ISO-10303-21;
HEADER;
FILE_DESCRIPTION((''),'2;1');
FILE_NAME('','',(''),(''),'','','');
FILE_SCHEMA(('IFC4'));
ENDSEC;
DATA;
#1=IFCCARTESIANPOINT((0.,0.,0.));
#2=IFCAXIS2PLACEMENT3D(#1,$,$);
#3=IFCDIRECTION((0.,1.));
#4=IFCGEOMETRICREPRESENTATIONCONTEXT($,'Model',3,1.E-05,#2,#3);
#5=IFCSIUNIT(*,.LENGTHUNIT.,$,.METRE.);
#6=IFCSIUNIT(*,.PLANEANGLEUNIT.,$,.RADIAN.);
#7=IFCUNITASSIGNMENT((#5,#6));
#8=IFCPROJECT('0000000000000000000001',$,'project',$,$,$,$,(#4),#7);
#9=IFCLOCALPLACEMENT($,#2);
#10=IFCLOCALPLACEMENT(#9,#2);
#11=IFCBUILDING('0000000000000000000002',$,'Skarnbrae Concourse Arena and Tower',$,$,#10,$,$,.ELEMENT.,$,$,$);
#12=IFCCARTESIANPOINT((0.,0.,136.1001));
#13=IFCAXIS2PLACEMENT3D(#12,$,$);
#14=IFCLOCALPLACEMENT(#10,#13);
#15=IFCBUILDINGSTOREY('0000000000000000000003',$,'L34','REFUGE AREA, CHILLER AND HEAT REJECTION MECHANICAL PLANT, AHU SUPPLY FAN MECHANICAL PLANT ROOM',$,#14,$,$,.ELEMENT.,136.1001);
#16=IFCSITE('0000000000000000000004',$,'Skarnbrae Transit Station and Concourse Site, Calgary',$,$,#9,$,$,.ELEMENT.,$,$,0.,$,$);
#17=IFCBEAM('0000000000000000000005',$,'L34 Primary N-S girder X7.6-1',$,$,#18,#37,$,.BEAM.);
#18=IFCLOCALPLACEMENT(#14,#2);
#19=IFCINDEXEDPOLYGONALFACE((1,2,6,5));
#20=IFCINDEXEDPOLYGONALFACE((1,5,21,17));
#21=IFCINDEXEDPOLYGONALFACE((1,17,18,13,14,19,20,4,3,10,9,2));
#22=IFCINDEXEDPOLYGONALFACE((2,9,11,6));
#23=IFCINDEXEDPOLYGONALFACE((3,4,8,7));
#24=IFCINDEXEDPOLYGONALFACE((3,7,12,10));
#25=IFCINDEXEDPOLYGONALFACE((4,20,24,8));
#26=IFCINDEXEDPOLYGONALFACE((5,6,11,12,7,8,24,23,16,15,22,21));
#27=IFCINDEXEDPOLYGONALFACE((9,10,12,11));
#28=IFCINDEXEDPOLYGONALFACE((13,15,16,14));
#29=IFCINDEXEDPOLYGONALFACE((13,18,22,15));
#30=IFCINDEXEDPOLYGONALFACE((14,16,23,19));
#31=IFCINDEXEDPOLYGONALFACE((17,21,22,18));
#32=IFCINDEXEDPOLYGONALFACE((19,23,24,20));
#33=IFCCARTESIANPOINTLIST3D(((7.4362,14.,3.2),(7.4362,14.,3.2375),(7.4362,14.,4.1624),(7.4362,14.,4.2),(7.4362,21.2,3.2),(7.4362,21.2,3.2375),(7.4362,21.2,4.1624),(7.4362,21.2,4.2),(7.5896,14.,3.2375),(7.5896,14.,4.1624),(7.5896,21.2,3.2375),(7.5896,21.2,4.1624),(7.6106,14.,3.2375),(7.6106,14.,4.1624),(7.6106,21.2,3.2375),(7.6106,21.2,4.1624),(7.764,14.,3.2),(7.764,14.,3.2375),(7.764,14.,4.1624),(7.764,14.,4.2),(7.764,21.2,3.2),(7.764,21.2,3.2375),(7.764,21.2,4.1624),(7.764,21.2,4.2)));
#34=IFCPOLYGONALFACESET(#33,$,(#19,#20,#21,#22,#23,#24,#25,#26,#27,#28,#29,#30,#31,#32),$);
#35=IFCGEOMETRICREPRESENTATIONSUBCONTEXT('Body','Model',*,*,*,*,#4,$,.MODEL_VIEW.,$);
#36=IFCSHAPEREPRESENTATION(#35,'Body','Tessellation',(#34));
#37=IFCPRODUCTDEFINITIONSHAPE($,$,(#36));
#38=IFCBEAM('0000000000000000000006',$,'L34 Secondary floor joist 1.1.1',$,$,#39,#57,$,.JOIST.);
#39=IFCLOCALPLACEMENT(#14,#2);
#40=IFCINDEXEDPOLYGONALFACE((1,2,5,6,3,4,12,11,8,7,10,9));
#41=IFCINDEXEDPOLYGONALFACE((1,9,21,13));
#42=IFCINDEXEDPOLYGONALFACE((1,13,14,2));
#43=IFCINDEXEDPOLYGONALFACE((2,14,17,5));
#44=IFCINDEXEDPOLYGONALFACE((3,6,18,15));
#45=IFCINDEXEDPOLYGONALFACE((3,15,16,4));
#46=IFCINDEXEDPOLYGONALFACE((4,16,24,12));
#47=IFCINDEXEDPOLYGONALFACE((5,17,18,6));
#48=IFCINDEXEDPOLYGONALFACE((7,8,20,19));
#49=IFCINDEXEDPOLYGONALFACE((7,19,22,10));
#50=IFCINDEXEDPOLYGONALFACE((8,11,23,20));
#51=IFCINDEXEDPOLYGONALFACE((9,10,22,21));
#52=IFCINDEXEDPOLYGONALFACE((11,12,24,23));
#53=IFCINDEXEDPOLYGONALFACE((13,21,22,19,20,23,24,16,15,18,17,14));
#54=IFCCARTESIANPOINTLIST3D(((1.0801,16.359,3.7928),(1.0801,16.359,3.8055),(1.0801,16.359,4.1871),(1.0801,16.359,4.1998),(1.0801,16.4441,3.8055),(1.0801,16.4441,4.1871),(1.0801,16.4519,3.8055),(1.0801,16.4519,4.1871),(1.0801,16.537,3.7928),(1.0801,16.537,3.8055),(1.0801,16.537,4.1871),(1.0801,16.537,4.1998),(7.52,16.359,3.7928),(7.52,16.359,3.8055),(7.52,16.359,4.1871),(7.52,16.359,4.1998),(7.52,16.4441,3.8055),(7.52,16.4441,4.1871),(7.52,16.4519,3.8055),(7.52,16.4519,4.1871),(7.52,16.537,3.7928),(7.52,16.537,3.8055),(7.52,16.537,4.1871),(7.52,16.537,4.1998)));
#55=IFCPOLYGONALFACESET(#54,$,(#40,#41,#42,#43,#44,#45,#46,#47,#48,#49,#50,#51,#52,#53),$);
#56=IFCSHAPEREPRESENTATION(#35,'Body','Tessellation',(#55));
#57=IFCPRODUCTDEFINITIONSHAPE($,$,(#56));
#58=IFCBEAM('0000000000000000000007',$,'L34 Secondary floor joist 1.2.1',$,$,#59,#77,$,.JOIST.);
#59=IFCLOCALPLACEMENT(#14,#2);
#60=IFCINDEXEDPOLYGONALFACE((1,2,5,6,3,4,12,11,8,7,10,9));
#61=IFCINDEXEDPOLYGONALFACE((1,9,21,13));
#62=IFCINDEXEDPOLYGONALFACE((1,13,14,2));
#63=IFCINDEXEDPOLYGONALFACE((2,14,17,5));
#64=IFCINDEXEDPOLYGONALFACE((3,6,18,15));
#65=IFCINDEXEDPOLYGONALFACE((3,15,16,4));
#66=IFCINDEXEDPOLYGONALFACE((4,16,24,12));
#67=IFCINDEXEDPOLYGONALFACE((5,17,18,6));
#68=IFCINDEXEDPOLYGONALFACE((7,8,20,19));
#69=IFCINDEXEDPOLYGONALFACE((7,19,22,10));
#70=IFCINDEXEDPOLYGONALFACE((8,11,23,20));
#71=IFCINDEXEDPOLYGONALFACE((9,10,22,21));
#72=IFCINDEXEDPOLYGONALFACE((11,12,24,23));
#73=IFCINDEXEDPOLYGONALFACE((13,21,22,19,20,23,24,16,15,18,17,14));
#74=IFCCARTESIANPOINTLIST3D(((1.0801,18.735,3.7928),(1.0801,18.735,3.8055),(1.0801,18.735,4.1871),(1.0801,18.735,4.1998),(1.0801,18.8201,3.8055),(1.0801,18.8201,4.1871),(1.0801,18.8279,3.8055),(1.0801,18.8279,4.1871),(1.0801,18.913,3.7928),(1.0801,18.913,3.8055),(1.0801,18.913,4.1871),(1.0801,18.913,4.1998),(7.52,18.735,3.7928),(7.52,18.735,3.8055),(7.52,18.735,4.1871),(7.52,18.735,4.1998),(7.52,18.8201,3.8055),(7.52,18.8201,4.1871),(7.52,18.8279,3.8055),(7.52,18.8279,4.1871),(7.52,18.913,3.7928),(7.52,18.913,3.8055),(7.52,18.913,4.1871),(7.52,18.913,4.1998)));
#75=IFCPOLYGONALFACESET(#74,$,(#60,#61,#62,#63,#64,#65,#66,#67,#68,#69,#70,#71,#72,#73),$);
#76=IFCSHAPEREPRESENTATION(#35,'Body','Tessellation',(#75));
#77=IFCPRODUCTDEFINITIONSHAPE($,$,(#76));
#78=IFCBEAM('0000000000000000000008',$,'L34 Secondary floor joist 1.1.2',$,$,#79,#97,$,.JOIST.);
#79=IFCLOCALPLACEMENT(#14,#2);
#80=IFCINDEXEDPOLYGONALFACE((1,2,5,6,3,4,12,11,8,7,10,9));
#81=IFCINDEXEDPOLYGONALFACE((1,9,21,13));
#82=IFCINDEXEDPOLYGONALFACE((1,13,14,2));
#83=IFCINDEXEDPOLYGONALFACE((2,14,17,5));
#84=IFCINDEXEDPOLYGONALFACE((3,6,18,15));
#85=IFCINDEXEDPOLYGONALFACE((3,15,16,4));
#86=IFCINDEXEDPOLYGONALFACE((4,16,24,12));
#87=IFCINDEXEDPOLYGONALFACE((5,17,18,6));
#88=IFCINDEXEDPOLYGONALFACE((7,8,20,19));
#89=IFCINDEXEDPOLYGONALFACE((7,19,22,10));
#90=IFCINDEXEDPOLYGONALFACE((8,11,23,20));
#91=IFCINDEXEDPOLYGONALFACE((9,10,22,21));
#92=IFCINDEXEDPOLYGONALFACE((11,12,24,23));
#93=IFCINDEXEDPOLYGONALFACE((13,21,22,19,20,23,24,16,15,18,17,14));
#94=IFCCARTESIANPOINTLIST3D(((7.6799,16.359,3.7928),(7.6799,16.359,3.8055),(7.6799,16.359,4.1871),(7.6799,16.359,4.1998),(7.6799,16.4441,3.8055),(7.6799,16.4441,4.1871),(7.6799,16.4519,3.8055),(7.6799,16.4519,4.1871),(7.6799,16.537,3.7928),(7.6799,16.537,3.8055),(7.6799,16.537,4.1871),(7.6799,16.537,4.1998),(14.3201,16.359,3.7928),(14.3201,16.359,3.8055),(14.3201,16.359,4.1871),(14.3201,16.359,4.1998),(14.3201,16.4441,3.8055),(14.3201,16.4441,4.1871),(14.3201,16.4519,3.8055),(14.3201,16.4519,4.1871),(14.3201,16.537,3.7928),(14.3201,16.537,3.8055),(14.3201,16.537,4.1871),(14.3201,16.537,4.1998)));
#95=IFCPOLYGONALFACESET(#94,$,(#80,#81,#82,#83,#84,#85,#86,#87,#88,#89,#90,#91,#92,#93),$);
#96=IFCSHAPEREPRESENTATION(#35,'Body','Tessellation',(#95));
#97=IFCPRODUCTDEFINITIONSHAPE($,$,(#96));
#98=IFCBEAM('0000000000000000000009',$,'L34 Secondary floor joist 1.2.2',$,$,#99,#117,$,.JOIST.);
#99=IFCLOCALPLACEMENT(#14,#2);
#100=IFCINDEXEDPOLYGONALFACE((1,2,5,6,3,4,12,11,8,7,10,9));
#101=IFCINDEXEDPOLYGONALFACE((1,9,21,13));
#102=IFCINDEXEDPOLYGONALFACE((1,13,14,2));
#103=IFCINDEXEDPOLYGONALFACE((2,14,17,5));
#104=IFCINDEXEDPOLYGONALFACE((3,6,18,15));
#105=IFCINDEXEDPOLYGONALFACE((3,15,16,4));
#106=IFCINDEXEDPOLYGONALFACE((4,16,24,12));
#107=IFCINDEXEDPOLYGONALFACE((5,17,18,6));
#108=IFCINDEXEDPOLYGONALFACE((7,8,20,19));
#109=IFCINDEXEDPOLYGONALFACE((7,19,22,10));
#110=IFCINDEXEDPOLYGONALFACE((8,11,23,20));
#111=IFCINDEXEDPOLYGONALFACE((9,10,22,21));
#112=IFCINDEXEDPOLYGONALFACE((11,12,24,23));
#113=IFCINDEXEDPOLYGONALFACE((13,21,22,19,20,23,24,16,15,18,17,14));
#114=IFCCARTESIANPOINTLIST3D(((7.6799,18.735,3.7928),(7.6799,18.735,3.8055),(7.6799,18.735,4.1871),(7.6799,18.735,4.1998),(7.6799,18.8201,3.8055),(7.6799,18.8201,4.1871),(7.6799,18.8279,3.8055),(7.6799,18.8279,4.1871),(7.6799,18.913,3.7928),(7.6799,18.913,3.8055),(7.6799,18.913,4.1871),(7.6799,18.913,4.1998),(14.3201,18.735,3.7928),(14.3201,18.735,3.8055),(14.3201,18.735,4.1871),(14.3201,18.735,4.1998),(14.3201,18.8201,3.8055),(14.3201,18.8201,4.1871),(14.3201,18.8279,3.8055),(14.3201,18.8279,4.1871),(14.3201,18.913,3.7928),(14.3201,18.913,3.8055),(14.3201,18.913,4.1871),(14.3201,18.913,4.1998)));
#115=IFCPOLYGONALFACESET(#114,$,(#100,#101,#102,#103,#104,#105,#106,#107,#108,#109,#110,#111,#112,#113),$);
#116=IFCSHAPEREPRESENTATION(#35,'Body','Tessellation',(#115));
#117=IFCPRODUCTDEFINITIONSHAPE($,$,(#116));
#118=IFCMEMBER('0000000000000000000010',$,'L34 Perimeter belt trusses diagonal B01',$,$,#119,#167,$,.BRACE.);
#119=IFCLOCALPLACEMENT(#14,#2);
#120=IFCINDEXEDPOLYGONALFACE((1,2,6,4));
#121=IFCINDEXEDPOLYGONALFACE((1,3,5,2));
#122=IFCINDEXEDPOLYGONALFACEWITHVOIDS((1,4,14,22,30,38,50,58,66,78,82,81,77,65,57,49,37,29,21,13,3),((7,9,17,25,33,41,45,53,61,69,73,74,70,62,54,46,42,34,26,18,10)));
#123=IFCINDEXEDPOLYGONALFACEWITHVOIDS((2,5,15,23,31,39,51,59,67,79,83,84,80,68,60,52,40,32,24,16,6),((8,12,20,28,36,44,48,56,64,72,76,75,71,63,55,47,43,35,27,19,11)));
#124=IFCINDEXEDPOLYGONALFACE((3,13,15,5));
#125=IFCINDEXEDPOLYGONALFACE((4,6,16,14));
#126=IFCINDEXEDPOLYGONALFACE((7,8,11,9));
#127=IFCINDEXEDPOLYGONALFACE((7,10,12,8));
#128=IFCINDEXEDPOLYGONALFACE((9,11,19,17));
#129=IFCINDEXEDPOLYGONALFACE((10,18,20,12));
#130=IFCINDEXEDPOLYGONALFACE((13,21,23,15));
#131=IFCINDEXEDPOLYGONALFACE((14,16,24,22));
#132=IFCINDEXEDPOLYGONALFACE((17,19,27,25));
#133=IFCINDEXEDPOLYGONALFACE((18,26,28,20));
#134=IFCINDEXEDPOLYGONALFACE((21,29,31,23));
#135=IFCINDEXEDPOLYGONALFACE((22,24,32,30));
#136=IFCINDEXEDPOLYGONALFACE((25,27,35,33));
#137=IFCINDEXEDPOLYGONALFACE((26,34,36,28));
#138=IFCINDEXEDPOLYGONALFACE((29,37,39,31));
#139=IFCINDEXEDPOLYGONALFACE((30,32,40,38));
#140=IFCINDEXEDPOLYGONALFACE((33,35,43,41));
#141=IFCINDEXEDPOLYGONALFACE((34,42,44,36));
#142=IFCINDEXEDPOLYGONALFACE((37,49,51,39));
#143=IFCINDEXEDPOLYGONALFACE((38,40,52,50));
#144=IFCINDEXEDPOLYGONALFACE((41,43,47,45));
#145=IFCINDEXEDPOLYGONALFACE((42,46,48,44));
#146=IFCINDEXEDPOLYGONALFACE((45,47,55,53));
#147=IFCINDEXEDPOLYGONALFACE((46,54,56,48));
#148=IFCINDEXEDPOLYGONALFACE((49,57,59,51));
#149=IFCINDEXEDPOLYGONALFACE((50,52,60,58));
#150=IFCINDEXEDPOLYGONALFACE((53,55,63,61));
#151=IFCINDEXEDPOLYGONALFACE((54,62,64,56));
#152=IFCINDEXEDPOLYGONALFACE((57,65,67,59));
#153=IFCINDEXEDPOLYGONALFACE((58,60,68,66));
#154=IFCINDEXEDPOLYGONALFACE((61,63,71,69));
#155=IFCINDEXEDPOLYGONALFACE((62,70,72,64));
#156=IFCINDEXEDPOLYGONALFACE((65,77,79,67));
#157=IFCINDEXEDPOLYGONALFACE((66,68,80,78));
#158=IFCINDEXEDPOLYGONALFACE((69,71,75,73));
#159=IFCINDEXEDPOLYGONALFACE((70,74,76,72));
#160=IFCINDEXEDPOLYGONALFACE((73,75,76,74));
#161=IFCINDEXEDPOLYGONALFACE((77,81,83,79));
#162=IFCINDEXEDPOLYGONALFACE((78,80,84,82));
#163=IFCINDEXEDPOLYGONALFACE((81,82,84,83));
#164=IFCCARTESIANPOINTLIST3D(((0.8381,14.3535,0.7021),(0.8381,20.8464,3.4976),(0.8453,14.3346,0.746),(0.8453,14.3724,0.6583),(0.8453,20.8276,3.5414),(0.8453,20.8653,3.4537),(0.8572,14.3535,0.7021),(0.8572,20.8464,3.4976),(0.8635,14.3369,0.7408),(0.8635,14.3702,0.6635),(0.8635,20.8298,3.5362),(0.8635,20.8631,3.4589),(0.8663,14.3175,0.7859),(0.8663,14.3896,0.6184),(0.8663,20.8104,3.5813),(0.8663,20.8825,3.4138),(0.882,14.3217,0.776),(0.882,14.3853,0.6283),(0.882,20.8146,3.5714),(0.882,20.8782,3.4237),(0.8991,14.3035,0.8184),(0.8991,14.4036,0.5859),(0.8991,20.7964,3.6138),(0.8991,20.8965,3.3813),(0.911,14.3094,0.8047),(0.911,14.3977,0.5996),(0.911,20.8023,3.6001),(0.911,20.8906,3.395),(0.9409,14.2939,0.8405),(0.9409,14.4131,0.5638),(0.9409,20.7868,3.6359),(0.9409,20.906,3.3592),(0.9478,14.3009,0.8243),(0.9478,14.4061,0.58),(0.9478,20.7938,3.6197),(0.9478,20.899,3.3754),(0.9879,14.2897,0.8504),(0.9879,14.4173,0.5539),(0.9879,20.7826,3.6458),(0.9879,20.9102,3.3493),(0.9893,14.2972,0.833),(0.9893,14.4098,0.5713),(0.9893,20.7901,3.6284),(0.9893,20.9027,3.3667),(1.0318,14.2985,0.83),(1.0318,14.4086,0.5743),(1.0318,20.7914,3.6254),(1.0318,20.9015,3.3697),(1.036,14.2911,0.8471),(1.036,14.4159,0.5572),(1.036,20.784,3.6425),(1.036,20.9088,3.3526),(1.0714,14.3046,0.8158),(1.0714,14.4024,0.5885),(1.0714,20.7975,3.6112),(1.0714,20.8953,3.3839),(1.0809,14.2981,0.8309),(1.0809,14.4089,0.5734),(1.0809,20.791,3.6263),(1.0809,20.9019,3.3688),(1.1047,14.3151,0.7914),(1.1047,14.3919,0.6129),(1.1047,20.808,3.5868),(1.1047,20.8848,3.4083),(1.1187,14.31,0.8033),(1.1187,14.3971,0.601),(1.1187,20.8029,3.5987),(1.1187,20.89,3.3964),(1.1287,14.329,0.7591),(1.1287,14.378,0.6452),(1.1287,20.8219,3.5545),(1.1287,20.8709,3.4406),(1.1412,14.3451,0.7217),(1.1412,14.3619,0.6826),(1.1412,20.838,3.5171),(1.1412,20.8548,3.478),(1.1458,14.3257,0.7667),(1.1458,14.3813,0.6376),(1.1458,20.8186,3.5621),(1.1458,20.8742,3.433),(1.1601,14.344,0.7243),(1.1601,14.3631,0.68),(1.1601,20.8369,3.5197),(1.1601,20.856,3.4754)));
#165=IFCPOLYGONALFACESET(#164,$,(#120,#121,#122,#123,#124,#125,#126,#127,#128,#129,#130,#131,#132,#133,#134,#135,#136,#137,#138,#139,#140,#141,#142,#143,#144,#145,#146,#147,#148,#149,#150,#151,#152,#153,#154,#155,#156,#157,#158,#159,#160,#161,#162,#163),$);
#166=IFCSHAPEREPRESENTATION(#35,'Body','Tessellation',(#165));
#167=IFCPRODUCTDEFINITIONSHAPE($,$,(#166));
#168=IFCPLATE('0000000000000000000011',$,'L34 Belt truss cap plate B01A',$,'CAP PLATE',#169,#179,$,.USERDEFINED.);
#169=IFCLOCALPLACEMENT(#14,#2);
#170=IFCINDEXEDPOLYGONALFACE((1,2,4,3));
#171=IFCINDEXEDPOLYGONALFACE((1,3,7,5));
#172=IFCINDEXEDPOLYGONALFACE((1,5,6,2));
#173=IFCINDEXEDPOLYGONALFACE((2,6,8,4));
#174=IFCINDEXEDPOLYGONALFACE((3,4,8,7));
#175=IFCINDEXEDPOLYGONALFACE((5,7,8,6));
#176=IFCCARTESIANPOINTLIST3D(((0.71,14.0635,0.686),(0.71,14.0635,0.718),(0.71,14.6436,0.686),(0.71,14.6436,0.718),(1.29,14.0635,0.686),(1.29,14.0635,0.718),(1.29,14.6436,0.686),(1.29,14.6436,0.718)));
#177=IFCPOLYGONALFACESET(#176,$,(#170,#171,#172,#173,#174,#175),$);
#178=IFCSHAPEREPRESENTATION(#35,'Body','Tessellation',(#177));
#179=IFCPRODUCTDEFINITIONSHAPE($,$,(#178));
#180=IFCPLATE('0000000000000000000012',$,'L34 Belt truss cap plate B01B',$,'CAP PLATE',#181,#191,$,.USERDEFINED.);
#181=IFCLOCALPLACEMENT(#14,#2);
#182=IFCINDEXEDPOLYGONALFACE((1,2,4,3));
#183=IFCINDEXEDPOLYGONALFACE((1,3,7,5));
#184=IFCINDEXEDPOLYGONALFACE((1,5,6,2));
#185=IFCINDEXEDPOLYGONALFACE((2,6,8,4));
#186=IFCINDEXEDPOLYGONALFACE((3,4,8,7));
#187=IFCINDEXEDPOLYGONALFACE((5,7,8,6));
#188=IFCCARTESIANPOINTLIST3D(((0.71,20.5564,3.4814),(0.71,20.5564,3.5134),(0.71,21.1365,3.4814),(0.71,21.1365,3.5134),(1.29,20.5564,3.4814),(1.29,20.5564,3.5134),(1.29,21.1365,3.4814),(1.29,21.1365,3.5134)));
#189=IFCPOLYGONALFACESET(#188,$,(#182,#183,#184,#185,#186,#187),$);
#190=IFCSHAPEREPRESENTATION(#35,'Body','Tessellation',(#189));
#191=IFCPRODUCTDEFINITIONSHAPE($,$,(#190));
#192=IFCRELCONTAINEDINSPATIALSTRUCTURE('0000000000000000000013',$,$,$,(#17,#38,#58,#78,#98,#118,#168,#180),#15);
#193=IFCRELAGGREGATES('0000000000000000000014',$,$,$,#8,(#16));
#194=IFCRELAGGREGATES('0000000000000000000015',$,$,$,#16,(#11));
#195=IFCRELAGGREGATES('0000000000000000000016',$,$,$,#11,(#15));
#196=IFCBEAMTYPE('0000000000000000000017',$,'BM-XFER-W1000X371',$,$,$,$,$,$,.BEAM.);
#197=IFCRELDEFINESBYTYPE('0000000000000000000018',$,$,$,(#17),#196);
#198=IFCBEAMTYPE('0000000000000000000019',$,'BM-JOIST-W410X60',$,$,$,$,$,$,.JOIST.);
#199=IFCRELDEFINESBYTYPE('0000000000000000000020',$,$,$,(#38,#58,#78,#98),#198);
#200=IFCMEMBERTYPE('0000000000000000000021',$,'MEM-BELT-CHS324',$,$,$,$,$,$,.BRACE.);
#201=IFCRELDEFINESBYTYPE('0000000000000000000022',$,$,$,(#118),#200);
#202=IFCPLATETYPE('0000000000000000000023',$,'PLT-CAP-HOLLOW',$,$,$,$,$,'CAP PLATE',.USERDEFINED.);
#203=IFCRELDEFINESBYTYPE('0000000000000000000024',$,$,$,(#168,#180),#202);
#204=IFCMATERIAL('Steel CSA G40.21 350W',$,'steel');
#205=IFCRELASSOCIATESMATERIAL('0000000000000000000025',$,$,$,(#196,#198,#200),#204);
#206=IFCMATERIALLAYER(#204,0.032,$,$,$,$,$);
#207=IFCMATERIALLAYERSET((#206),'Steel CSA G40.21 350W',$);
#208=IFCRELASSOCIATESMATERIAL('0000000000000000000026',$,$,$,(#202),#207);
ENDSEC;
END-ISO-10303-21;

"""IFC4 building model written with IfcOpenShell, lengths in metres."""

from ifc_helpers import new_model, si_unit, direction, frame, origin, origin_2d, place, context, subcontext, project, spatial, rectangle, hollow_circle, i_section, extrude, source, transform, mapped, material, layer, layer_set, material_profile, profile_set, type_object, element, save


model = new_model("IFC4")

# Units and contexts
model_context = context("Model", 3, precision=1e-05, world=origin(), true_north=direction((0.0, 1.0)))
body_context = subcontext(model_context, "Body", "Model", "MODEL_VIEW")
ifc_project = project(units=[si_unit("LENGTHUNIT", "METRE"), si_unit("PLANEANGLEUNIT", "RADIAN")], contexts=[model_context])

# Site, building, storey
site_placement = place(None, origin())
site = spatial("IfcSite", under=ifc_project, at=site_placement, Name="Skarnbrae Transit Station and Concourse Site, Calgary", CompositionType="ELEMENT", RefElevation=0.0)
building_placement = place(site_placement, origin())
building = spatial("IfcBuilding", under=site, at=building_placement, Name="Skarnbrae Concourse Arena and Tower", CompositionType="ELEMENT")
storey_placement = place(building_placement, frame((0.0, 0.0, 136.1001)))
storey = spatial("IfcBuildingStorey", under=building, at=storey_placement, Name="L34", Description="REFUGE AREA, CHILLER AND HEAT REJECTION MECHANICAL PLANT, AHU SUPPLY FAN MECHANICAL PLANT ROOM", CompositionType="ELEMENT", Elevation=136.1001)

# Shared definitions
ifc_material_1 = material(Name="Steel CSA G40.21 350W", Category="steel")

# Beams
ifc_material_profile_1 = material_profile(ifc_material_1, i_section(OverallWidth=0.3279, OverallDepth=1.0, WebThickness=0.021, FlangeThickness=0.0376, at=origin_2d()), Name="W1000X371")
ifc_profile_set_1 = profile_set([ifc_material_profile_1], Name="Steel CSA G40.21 350W")
beam_type_1 = type_object("IfcBeamType", Name="BM-XFER-W1000X371", PredefinedType="BEAM", material=ifc_profile_set_1)
shared_shape_1 = source(origin(), body_context, "Body", "SweptSolid", [
    extrude(i_section(OverallWidth=0.3279, OverallDepth=1.0, WebThickness=0.021, FlangeThickness=0.0376, at=origin_2d()), origin(), (0.0, 0.0, 1.0), 7.2),
])
for number, where, z_axis, x_axis, name in (
    (1, (7.6001, 14.0, 3.7), (0.0, 1.0, 0.0), (-1.0, 0.0, 0.0), "L34 Primary N-S girder X7.6-1"),
):
    element("IfcBeam", number, at=place(storey_placement, frame(where, z_axis=z_axis, x_axis=x_axis)), inside=storey, type_object=beam_type_1, Name=name, PredefinedType="BEAM", context=body_context, shape_type="MappedRepresentation", body=[
        mapped(shared_shape_1, transform((0.0, 0.0, 0.0))),
    ])
ifc_material_profile_2 = material_profile(ifc_material_1, i_section(OverallWidth=0.178, OverallDepth=0.407, WebThickness=0.0078, FlangeThickness=0.0127, at=origin_2d()), Name="W410X60")
ifc_profile_set_2 = profile_set([ifc_material_profile_2], Name="Steel CSA G40.21 350W")
beam_type_2 = type_object("IfcBeamType", Name="BM-JOIST-W410X60", PredefinedType="JOIST", material=ifc_profile_set_2)
shared_shape_2 = source(origin(), body_context, "Body", "SweptSolid", [
    extrude(i_section(OverallWidth=0.178, OverallDepth=0.407, WebThickness=0.0078, FlangeThickness=0.0127, at=origin_2d()), origin(), (0.0, 0.0, 1.0), 6.4399),
])
for number, where, z_axis, x_axis, name in (
    (2, (1.0801, 16.448, 3.9963), (1.0, 0.0, 0.0), (0.0, 1.0, 0.0), "L34 Secondary floor joist 1.1.1"),
    (3, (1.0801, 18.824, 3.9963), (1.0, 0.0, 0.0), (0.0, 1.0, 0.0), "L34 Secondary floor joist 1.2.1"),
):
    element("IfcBeam", number, at=place(storey_placement, frame(where, z_axis=z_axis, x_axis=x_axis)), inside=storey, type_object=beam_type_2, Name=name, PredefinedType="JOIST", context=body_context, shape_type="MappedRepresentation", body=[
        mapped(shared_shape_2, transform((0.0, 0.0, 0.0))),
    ])
shared_shape_3 = source(origin(), body_context, "Body", "SweptSolid", [
    extrude(i_section(OverallWidth=0.178, OverallDepth=0.407, WebThickness=0.0078, FlangeThickness=0.0127, at=origin_2d()), origin(), (0.0, 0.0, 1.0), 6.6401),
])
for number, where, z_axis, x_axis, name in (
    (4, (7.6799, 16.448, 3.9963), (1.0, 0.0, 0.0), (0.0, 1.0, 0.0), "L34 Secondary floor joist 1.1.2"),
    (5, (7.6799, 18.824, 3.9963), (1.0, 0.0, 0.0), (0.0, 1.0, 0.0), "L34 Secondary floor joist 1.2.2"),
):
    element("IfcBeam", number, at=place(storey_placement, frame(where, z_axis=z_axis, x_axis=x_axis)), inside=storey, type_object=beam_type_2, Name=name, PredefinedType="JOIST", context=body_context, shape_type="MappedRepresentation", body=[
        mapped(shared_shape_3, transform((0.0, 0.0, 0.0))),
    ])

# Member
ifc_material_profile_3 = material_profile(ifc_material_1, hollow_circle(Radius=0.1619, WallThickness=0.019, at=origin_2d()), Name="HSS324X19.0")
ifc_profile_set_3 = profile_set([ifc_material_profile_3], Name="Steel CSA G40.21 350W")
member_type = type_object("IfcMemberType", Name="MEM-BELT-CHS324", PredefinedType="BRACE", material=ifc_profile_set_3)
shared_shape_4 = source(origin(), body_context, "Body", "SweptSolid", [
    extrude(hollow_circle(Radius=0.1619, WallThickness=0.019, at=origin_2d()), origin(), (0.0, 0.0, 1.0), 7.0691),
])
member_placement = place(storey_placement, frame((1.0, 14.3535, 0.7021), z_axis=(0.0, 0.918492, 0.39544), x_axis=(-1.0, 0.0, 0.0)))
element("IfcMember", 6, at=member_placement, inside=storey, type_object=member_type, Name="L34 Perimeter belt trusses diagonal B01", PredefinedType="BRACE", context=body_context, shape_type="MappedRepresentation", body=[
    mapped(shared_shape_4, transform((0.0, 0.0, 0.0))),
])

# Plates
ifc_layer_1 = layer(ifc_material_1, 0.032)
ifc_layer_set_1 = layer_set([ifc_layer_1], Name="Steel CSA G40.21 350W")
plate_type_1 = type_object("IfcPlateType", Name="PLT-CAP-HOLLOW", ElementType="CAP PLATE", PredefinedType="USERDEFINED", material=ifc_layer_set_1)
shared_shape_5 = source(origin(), body_context, "Body", "SweptSolid", [
    extrude(rectangle(XDim=0.5801, YDim=0.5801, at=origin_2d()), origin(), (0.0, 0.0, 1.0), 0.032),
])
for number, where, z_axis, x_axis, name in (
    (7, (1.0, 14.3535, 0.686), (0.0, 0.0, 1.0), (1.0, 0.0, 0.0), "L34 Belt truss cap plate B01A"),
    (8, (1.0, 20.8464, 3.4814), (0.0, 0.0, 1.0), (1.0, 0.0, 0.0), "L34 Belt truss cap plate B01B"),
):
    element("IfcPlate", number, at=place(storey_placement, frame(where, z_axis=z_axis, x_axis=x_axis)), inside=storey, type_object=plate_type_1, Name=name, ObjectType="CAP PLATE", PredefinedType="USERDEFINED", context=body_context, shape_type="MappedRepresentation", body=[
        mapped(shared_shape_5, transform((0.0, 0.0, 0.0))),
    ])

save(model, "model.ifc")
